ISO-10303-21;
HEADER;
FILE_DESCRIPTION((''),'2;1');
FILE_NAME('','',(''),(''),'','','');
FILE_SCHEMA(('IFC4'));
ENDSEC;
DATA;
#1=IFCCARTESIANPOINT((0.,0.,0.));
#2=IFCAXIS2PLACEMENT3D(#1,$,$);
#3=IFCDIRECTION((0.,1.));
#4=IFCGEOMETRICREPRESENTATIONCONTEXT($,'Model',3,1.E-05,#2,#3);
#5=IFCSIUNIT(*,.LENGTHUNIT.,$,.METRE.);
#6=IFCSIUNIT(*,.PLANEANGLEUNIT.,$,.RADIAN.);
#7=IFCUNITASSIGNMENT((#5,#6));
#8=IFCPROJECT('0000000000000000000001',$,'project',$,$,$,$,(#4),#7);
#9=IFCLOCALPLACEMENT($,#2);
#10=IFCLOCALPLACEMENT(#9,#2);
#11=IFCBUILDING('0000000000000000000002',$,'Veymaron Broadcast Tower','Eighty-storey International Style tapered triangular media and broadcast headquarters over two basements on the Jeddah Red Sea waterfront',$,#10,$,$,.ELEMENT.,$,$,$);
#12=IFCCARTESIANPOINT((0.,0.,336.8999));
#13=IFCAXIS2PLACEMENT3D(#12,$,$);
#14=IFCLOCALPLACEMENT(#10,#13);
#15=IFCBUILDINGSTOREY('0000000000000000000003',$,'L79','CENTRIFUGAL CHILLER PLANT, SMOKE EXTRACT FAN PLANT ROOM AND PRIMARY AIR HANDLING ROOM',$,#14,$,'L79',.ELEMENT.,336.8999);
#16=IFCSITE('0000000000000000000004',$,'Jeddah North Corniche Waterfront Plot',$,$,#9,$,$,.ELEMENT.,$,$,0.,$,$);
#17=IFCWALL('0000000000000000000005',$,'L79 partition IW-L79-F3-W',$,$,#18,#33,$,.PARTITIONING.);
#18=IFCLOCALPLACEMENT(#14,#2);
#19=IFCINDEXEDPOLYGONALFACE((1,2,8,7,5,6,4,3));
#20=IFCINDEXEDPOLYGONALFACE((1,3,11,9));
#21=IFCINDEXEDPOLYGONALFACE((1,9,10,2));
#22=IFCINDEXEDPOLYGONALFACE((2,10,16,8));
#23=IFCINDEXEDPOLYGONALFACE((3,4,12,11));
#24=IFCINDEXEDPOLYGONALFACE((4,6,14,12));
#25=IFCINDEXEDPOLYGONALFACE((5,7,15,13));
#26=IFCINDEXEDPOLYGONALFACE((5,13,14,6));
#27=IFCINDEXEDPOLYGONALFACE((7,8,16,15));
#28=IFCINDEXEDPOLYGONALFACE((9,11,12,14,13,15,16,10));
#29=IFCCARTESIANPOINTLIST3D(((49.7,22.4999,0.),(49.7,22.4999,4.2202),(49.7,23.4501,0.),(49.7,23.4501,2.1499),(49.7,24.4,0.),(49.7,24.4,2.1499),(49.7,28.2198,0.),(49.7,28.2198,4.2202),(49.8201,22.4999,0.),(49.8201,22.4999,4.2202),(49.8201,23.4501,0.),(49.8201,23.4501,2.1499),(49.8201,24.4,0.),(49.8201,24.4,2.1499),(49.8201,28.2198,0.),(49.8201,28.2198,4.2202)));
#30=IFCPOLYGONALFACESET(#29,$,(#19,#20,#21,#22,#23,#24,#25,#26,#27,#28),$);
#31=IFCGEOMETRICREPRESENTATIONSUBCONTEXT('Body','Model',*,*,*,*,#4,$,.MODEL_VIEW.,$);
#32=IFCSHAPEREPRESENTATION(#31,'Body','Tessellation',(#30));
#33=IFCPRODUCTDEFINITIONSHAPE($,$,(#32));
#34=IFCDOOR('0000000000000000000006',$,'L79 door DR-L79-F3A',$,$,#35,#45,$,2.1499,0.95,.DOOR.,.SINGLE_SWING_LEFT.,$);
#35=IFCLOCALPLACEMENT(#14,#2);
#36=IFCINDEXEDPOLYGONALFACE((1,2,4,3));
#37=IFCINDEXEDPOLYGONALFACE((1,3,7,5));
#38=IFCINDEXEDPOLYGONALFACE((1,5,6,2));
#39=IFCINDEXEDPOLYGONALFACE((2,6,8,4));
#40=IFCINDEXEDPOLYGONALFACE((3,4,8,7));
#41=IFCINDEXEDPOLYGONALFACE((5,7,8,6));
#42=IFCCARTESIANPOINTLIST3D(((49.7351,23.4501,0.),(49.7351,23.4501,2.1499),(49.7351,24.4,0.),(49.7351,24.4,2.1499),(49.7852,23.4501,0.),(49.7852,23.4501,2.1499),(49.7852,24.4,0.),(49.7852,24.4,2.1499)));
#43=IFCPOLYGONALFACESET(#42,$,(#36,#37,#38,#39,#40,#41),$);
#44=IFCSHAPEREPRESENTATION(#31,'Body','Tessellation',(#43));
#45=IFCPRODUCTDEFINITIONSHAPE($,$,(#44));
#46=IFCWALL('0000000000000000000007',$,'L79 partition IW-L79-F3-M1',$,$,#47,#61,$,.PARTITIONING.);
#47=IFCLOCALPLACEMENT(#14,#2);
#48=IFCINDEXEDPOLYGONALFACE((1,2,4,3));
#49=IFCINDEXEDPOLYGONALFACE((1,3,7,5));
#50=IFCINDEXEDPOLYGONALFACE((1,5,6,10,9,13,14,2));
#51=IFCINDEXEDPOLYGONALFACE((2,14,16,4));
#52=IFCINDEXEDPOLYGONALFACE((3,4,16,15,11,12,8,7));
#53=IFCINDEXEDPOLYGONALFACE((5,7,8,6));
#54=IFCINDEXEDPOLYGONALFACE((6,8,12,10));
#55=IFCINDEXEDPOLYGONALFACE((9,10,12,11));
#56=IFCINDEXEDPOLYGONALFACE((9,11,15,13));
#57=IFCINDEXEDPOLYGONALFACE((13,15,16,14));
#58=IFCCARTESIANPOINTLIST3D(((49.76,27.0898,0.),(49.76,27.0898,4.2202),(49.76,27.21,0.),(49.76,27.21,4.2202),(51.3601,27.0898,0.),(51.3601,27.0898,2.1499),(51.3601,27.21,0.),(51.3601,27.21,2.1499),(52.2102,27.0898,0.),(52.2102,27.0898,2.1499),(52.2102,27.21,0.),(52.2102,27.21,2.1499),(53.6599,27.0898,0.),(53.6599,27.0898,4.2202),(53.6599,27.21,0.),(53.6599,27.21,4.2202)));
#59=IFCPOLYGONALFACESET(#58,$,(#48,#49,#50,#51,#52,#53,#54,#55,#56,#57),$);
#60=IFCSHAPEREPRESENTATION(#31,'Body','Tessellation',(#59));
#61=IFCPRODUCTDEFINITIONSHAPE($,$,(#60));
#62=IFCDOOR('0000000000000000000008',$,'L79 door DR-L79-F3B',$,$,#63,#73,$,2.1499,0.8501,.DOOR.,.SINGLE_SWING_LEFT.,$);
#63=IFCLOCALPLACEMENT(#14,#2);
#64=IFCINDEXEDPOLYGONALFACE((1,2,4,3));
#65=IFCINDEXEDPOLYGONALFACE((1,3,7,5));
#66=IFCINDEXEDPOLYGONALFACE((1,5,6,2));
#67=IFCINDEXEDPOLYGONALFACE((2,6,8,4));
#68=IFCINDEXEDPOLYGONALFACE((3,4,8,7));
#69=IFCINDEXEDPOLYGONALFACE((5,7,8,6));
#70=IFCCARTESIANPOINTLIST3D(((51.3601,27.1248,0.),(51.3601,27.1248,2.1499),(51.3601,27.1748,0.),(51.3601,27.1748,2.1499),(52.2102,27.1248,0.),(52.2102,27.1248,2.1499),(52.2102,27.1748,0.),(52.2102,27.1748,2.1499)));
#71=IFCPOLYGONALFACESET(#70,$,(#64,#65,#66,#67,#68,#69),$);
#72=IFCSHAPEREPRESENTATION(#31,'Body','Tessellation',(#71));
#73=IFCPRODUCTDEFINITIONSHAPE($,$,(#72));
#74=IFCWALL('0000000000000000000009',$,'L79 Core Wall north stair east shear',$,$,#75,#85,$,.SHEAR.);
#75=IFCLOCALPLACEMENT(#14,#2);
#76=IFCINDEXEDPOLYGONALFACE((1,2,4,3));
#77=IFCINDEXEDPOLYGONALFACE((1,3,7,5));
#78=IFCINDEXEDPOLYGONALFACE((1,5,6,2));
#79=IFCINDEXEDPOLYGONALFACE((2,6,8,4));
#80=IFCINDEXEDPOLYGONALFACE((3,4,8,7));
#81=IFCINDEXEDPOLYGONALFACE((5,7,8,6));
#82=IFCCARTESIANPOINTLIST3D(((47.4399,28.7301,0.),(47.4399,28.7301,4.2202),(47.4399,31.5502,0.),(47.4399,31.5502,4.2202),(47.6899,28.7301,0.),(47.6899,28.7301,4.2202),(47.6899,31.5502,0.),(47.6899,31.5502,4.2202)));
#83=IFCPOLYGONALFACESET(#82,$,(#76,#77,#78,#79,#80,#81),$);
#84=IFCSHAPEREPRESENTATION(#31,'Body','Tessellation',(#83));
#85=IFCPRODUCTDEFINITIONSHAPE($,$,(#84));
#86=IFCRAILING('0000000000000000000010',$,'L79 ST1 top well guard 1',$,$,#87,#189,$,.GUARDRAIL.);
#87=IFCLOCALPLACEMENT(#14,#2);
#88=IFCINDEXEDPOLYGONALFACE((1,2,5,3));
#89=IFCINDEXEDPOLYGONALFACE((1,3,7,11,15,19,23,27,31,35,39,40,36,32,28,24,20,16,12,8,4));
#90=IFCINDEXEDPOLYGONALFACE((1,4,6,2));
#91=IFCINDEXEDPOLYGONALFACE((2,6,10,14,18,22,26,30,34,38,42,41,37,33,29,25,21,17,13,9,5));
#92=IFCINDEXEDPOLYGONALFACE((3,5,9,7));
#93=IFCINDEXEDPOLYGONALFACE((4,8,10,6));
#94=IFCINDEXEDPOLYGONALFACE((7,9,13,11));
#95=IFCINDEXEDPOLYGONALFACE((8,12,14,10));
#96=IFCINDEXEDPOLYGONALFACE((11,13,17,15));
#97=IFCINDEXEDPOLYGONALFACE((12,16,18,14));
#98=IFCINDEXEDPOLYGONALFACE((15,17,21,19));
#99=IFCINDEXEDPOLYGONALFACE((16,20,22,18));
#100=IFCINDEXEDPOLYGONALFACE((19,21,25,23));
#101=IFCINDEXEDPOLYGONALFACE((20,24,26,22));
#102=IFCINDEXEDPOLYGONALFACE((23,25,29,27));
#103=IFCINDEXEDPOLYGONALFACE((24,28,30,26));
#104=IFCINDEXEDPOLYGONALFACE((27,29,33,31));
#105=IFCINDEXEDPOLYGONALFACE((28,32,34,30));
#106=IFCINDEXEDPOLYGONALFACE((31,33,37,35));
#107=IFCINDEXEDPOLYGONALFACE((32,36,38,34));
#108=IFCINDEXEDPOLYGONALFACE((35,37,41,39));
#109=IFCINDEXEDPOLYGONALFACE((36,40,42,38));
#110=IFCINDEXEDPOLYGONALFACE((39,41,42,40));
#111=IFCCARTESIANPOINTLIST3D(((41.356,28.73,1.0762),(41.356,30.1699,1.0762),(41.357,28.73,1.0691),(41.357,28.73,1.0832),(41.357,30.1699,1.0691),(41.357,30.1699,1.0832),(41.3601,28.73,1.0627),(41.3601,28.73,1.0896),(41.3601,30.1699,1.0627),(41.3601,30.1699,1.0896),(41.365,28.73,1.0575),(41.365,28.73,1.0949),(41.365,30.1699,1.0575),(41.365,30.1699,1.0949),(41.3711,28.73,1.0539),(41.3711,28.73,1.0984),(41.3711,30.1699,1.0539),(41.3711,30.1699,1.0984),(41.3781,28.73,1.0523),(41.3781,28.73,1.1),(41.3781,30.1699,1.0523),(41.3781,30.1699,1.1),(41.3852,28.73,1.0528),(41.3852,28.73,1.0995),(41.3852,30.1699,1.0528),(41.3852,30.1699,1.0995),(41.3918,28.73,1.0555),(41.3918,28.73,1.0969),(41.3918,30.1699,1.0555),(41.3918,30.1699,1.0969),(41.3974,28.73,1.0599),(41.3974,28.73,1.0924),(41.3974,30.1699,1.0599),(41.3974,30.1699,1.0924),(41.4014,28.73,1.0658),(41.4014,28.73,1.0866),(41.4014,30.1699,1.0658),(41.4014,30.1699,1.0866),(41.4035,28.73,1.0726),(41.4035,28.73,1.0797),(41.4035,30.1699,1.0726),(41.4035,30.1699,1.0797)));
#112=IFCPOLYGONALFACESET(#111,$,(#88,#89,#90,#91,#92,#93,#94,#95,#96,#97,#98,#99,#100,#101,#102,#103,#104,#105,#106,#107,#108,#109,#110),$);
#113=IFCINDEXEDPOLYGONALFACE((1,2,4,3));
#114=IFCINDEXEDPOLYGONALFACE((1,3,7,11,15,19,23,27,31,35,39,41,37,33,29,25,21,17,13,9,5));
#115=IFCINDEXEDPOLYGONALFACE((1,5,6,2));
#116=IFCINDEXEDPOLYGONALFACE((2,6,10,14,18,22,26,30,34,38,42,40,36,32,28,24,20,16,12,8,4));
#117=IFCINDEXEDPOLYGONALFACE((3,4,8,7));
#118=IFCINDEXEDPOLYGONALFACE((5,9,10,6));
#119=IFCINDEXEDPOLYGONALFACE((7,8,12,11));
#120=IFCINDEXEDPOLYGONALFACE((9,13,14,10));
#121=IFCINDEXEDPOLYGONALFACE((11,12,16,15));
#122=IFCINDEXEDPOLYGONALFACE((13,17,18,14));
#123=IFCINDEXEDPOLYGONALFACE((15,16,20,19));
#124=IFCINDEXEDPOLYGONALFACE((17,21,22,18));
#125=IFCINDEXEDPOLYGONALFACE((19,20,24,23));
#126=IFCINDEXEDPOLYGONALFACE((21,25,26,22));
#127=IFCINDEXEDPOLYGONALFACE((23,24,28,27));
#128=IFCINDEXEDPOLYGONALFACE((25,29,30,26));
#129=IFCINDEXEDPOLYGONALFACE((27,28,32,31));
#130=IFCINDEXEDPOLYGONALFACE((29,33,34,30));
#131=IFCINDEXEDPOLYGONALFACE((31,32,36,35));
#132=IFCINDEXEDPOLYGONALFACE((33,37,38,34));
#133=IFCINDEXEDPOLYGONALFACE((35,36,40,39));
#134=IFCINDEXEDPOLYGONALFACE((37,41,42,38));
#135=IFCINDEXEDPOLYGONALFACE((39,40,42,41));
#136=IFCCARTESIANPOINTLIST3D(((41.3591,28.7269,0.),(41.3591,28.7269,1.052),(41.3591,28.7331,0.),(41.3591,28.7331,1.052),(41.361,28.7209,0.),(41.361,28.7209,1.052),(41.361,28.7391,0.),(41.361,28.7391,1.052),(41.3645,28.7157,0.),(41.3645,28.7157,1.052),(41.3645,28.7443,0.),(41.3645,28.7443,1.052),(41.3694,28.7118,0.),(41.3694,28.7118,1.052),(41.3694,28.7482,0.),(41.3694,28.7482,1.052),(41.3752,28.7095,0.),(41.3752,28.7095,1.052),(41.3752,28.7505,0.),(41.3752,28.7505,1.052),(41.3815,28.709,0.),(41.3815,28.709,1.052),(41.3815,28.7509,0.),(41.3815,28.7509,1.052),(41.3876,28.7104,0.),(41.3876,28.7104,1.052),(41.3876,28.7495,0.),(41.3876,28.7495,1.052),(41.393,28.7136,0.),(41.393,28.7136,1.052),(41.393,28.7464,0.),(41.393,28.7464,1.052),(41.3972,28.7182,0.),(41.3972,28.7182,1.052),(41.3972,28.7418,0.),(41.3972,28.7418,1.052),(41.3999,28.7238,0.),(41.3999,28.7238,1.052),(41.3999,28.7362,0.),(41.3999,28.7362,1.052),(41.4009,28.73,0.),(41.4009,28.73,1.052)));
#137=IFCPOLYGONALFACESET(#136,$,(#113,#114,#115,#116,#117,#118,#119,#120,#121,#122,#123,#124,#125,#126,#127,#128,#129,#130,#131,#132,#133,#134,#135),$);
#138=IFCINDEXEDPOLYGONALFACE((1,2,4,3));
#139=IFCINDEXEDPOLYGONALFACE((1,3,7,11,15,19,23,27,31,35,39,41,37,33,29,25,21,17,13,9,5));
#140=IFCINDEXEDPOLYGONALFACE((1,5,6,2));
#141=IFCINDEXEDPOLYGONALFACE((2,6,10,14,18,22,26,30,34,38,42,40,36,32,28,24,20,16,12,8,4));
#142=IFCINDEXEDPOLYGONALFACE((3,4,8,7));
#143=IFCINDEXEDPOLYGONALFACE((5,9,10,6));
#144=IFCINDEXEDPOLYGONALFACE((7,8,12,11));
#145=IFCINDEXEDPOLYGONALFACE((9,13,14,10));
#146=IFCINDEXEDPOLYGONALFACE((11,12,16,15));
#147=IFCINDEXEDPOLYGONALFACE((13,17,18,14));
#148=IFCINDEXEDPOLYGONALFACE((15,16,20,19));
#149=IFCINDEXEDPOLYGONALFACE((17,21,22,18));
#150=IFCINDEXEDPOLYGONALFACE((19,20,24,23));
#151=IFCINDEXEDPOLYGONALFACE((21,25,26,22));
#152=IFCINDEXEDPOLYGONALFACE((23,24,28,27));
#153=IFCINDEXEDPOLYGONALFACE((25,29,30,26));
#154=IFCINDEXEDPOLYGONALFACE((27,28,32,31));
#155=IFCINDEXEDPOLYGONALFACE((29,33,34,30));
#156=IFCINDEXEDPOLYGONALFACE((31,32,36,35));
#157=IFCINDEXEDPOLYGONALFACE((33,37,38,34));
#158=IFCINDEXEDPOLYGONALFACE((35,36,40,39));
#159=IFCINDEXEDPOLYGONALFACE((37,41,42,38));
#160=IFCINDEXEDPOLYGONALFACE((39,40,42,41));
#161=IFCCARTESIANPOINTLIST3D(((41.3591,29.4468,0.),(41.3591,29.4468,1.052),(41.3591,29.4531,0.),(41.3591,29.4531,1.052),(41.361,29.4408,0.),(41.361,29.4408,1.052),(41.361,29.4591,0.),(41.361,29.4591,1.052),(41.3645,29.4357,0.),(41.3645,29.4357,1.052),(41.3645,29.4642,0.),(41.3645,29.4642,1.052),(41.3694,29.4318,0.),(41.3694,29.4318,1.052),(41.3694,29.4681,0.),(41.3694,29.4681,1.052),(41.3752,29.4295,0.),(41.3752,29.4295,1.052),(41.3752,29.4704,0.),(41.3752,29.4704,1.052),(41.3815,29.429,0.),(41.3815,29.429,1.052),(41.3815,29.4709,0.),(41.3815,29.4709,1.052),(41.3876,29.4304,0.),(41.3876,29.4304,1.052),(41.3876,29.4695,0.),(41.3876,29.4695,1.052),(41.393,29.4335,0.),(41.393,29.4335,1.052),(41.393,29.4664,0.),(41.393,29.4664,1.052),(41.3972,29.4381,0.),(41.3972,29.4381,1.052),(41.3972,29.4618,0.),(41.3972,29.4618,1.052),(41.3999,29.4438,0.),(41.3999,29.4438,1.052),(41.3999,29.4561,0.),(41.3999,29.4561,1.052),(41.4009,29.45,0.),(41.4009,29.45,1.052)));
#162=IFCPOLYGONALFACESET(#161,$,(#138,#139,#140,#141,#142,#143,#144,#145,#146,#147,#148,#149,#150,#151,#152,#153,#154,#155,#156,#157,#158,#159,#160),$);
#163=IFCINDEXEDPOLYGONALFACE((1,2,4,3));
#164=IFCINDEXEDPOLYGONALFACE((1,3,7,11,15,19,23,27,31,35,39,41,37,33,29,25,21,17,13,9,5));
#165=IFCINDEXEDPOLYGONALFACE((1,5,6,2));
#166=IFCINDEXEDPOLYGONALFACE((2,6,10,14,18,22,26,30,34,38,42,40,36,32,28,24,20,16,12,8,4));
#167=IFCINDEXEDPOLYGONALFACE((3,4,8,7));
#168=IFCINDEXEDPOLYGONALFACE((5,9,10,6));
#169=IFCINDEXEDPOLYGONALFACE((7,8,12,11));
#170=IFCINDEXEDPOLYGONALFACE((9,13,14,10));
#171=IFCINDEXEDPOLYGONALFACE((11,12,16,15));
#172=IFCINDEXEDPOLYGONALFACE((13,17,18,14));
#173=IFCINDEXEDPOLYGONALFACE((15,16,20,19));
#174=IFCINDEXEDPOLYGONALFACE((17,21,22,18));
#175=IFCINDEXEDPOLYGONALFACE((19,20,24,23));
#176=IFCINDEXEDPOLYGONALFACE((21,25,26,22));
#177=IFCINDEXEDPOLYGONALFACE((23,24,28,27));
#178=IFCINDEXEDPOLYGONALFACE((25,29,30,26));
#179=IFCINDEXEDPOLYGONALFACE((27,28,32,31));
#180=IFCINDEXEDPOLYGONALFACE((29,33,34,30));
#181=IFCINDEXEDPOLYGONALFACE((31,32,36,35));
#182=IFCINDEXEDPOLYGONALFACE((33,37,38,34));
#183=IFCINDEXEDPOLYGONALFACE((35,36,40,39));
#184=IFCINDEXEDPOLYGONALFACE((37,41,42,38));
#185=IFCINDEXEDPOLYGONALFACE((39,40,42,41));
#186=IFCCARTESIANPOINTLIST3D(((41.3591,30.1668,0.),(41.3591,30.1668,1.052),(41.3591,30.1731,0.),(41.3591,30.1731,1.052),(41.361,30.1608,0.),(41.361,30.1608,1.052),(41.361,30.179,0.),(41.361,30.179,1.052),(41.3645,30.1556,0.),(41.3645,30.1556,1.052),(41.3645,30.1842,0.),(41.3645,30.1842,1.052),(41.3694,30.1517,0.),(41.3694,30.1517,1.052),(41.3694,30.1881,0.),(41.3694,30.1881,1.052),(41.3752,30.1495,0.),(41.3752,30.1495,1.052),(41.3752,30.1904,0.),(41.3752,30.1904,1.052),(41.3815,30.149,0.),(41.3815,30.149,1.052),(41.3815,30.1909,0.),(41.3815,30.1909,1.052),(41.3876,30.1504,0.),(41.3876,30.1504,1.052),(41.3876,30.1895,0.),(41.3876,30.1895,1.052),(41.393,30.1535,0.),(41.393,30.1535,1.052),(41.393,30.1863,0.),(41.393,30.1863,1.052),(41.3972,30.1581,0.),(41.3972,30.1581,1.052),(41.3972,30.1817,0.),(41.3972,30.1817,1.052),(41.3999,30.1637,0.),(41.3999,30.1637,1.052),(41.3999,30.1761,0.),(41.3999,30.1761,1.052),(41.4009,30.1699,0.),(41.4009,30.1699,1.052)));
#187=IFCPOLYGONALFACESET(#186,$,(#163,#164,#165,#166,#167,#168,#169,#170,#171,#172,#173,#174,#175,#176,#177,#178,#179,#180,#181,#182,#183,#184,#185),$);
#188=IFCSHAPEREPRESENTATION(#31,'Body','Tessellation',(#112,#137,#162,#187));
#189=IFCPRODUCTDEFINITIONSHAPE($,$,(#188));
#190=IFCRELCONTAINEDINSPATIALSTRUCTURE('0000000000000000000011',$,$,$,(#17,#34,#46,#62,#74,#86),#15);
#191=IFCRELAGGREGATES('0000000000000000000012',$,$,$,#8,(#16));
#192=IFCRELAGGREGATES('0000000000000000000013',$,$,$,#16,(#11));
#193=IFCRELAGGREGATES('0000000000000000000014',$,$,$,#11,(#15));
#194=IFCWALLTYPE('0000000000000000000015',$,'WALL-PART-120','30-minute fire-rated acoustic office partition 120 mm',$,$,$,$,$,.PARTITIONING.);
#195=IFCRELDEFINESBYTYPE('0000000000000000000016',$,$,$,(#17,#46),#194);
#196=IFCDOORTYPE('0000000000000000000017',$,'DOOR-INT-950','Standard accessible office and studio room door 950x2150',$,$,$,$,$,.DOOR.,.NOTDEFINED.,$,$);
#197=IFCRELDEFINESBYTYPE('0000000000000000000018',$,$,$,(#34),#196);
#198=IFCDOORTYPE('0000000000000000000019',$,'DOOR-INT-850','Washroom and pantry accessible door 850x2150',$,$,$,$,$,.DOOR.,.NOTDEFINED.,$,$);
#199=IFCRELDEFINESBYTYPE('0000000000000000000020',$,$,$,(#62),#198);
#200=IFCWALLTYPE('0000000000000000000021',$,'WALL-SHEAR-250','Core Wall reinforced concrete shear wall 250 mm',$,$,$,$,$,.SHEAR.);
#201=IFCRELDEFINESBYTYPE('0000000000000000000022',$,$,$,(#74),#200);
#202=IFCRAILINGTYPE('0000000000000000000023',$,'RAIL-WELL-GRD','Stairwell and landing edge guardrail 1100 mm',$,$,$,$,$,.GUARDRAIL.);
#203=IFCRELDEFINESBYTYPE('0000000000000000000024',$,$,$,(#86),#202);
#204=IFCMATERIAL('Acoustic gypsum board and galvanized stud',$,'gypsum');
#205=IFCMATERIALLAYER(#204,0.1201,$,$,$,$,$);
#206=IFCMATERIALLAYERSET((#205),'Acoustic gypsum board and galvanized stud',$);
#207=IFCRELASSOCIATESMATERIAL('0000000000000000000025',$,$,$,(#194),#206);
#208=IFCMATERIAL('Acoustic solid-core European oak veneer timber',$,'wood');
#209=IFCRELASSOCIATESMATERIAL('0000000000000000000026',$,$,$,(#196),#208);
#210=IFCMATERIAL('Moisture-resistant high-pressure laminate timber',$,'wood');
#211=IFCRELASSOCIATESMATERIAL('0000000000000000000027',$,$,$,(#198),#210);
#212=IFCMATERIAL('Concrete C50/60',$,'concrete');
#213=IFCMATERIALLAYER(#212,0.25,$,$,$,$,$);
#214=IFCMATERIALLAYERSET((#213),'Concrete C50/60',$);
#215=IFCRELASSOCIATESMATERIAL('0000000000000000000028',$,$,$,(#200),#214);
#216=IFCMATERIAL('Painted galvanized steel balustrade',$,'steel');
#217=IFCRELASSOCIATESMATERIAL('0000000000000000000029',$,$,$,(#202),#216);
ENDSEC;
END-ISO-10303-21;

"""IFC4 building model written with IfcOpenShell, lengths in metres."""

from ifc_helpers import new_model, si_unit, direction, frame, frame_2d, origin, origin_2d, place, context, subcontext, project, spatial, rectangle, circle, extrude, material, layer, layer_set, type_object, element, fill, save


model = new_model("IFC4")

# Units and contexts
model_context = context("Model", 3, precision=1e-05, world=origin(), true_north=direction((0.0, 1.0)))
body_context = subcontext(model_context, "Body", "Model", "MODEL_VIEW")
ifc_project = project(units=[si_unit("LENGTHUNIT", "METRE"), si_unit("PLANEANGLEUNIT", "RADIAN")], contexts=[model_context])

# Site, building, storey
site_placement = place(None, origin())
site = spatial("IfcSite", under=ifc_project, at=site_placement, Name="Jeddah North Corniche Waterfront Plot", CompositionType="ELEMENT", RefElevation=0.0)
building_placement = place(site_placement, origin())
building = spatial("IfcBuilding", under=site, at=building_placement, Name="Veymaron Broadcast Tower", Description="Eighty-storey International Style tapered triangular media and broadcast headquarters over two basements on the Jeddah Red Sea waterfront", CompositionType="ELEMENT")
storey_placement = place(building_placement, frame((0.0, 0.0, 336.8999)))
storey = spatial("IfcBuildingStorey", under=building, at=storey_placement, Name="L79", Description="CENTRIFUGAL CHILLER PLANT, SMOKE EXTRACT FAN PLANT ROOM AND PRIMARY AIR HANDLING ROOM", LongName="L79", CompositionType="ELEMENT", Elevation=336.8999)

# Walls, openings, doors
ifc_material_1 = material(Name="Acoustic gypsum board and galvanized stud", Category="gypsum")
ifc_layer_1 = layer(ifc_material_1, 0.1201)
ifc_layer_set_1 = layer_set([ifc_layer_1], Name="Acoustic gypsum board and galvanized stud")
wall_type_1 = type_object("IfcWallType", Name="WALL-PART-120", Description="30-minute fire-rated acoustic office partition 120 mm", PredefinedType="PARTITIONING", material=ifc_layer_set_1)
wall_1_placement = place(storey_placement, frame((49.76, 22.5, 0.0), z_axis=(0.0, 0.0, 1.0), x_axis=(0.0, 1.0, 0.0)))
wall_1 = element("IfcWall", 1, at=wall_1_placement, inside=storey, type_object=wall_type_1, Name="L79 partition IW-L79-F3-W", PredefinedType="PARTITIONING", context=body_context, shape_type="SweptSolid", body=[
    extrude(rectangle(XDim=5.72, YDim=0.1201, at=frame_2d((2.8599, 0.0))), origin(), (0.0, 0.0, 1.0), 4.2202),
])
opening_1_placement = place(wall_1_placement, frame((0.95, 0.0, 0.0)))
opening_1 = element("IfcOpeningElement", 2, at=opening_1_placement, cuts=wall_1, PredefinedType="OPENING", context=body_context, shape_type="SweptSolid", body=[
    extrude(rectangle(XDim=0.95, YDim=2.1499, at=frame_2d((0.4751, 1.075))), frame((0.0, 0.0701, 0.0), z_axis=(0.0, -1.0, 0.0), x_axis=(1.0, 0.0, 0.0)), (0.0, 0.0, 1.0), 0.1401),
])
ifc_material_2 = material(Name="Acoustic solid-core European oak veneer timber", Category="wood")
door_type_1 = type_object("IfcDoorType", Name="DOOR-INT-950", Description="Standard accessible office and studio room door 950x2150", OperationType="NOTDEFINED", PredefinedType="DOOR", material=ifc_material_2)
door_1_placement = place(opening_1_placement, origin())
door_1 = element("IfcDoor", 3, at=door_1_placement, inside=storey, type_object=door_type_1, Name="L79 door DR-L79-F3A", OperationType="SINGLE_SWING_LEFT", OverallHeight=2.1499, OverallWidth=0.95, PredefinedType="DOOR", context=body_context, shape_type="SweptSolid", body=[
    extrude(rectangle(XDim=0.95, YDim=2.1499, at=frame_2d((0.4751, 1.075))), frame((0.0, 0.0249, 0.0), z_axis=(0.0, -1.0, 0.0), x_axis=(1.0, 0.0, 0.0)), (0.0, 0.0, 1.0), 0.05),
])
fill(opening_1, door_1)
wall_2_placement = place(storey_placement, frame((49.76, 27.1499, 0.0), z_axis=(0.0, 0.0, 1.0), x_axis=(1.0, 0.0, 0.0)))
wall_2 = element("IfcWall", 4, at=wall_2_placement, inside=storey, type_object=wall_type_1, Name="L79 partition IW-L79-F3-M1", PredefinedType="PARTITIONING", context=body_context, shape_type="SweptSolid", body=[
    extrude(rectangle(XDim=3.8999, YDim=0.1201, at=frame_2d((1.95, 0.0))), origin(), (0.0, 0.0, 1.0), 4.2202),
])
opening_2_placement = place(wall_2_placement, frame((1.6001, 0.0, 0.0)))
opening_2 = element("IfcOpeningElement", 5, at=opening_2_placement, cuts=wall_2, PredefinedType="OPENING", context=body_context, shape_type="SweptSolid", body=[
    extrude(rectangle(XDim=0.8501, YDim=2.1499, at=frame_2d((0.425, 1.075))), frame((0.0, 0.0701, 0.0), z_axis=(0.0, -1.0, 0.0), x_axis=(1.0, 0.0, 0.0)), (0.0, 0.0, 1.0), 0.1401),
])
ifc_material_3 = material(Name="Moisture-resistant high-pressure laminate timber", Category="wood")
door_type_2 = type_object("IfcDoorType", Name="DOOR-INT-850", Description="Washroom and pantry accessible door 850x2150", OperationType="NOTDEFINED", PredefinedType="DOOR", material=ifc_material_3)
door_2_placement = place(opening_2_placement, origin())
door_2 = element("IfcDoor", 6, at=door_2_placement, inside=storey, type_object=door_type_2, Name="L79 door DR-L79-F3B", OperationType="SINGLE_SWING_LEFT", OverallHeight=2.1499, OverallWidth=0.8501, PredefinedType="DOOR", context=body_context, shape_type="SweptSolid", body=[
    extrude(rectangle(XDim=0.8501, YDim=2.1499, at=frame_2d((0.425, 1.075))), frame((0.0, 0.0249, 0.0), z_axis=(0.0, -1.0, 0.0), x_axis=(1.0, 0.0, 0.0)), (0.0, 0.0, 1.0), 0.05),
])
fill(opening_2, door_2)

# Wall
ifc_material_4 = material(Name="Concrete C50/60", Category="concrete")
ifc_layer_2 = layer(ifc_material_4, 0.25)
ifc_layer_set_2 = layer_set([ifc_layer_2], Name="Concrete C50/60")
wall_type_2 = type_object("IfcWallType", Name="WALL-SHEAR-250", Description="Core Wall reinforced concrete shear wall 250 mm", PredefinedType="SHEAR", material=ifc_layer_set_2)
wall_3_placement = place(storey_placement, frame((47.5649, 28.73, 0.0), z_axis=(0.0, 0.0, 1.0), x_axis=(0.0, 1.0, 0.0)))
element("IfcWall", 7, at=wall_3_placement, inside=storey, type_object=wall_type_2, Name="L79 Core Wall north stair east shear", PredefinedType="SHEAR", context=body_context, shape_type="SweptSolid", body=[
    extrude(rectangle(XDim=2.8201, YDim=0.25, at=frame_2d((1.4102, 0.0))), origin(), (0.0, 0.0, 1.0), 4.2202),
])

# Railing
ifc_material_5 = material(Name="Painted galvanized steel balustrade", Category="steel")
railing_type = type_object("IfcRailingType", Name="RAIL-WELL-GRD", Description="Stairwell and landing edge guardrail 1100 mm", PredefinedType="GUARDRAIL", material=ifc_material_5)
railing_placement = place(storey_placement, frame((41.3799, 28.73, 0.0)))
element("IfcRailing", 8, at=railing_placement, inside=storey, type_object=railing_type, Name="L79 ST1 top well guard 1", PredefinedType="GUARDRAIL", context=body_context, shape_type="SweptSolid", body=[
    extrude(circle(Radius=0.0239, at=origin_2d()), frame((0.0, 0.0, 1.0762), z_axis=(0.0, 1.0, 0.0), x_axis=(-1.0, 0.0, 0.0)), (0.0, 0.0, 1.0), 1.4399),
    extrude(circle(Radius=0.021, at=origin_2d()), origin(), (0.0, 0.0, 1.0), 1.052),
    extrude(circle(Radius=0.021, at=origin_2d()), frame((0.0, 0.72, 0.0)), (0.0, 0.0, 1.0), 1.052),
    extrude(circle(Radius=0.021, at=origin_2d()), frame((0.0, 1.4399, 0.0)), (0.0, 0.0, 1.0), 1.052),
])

save(model, "model.ifc")
